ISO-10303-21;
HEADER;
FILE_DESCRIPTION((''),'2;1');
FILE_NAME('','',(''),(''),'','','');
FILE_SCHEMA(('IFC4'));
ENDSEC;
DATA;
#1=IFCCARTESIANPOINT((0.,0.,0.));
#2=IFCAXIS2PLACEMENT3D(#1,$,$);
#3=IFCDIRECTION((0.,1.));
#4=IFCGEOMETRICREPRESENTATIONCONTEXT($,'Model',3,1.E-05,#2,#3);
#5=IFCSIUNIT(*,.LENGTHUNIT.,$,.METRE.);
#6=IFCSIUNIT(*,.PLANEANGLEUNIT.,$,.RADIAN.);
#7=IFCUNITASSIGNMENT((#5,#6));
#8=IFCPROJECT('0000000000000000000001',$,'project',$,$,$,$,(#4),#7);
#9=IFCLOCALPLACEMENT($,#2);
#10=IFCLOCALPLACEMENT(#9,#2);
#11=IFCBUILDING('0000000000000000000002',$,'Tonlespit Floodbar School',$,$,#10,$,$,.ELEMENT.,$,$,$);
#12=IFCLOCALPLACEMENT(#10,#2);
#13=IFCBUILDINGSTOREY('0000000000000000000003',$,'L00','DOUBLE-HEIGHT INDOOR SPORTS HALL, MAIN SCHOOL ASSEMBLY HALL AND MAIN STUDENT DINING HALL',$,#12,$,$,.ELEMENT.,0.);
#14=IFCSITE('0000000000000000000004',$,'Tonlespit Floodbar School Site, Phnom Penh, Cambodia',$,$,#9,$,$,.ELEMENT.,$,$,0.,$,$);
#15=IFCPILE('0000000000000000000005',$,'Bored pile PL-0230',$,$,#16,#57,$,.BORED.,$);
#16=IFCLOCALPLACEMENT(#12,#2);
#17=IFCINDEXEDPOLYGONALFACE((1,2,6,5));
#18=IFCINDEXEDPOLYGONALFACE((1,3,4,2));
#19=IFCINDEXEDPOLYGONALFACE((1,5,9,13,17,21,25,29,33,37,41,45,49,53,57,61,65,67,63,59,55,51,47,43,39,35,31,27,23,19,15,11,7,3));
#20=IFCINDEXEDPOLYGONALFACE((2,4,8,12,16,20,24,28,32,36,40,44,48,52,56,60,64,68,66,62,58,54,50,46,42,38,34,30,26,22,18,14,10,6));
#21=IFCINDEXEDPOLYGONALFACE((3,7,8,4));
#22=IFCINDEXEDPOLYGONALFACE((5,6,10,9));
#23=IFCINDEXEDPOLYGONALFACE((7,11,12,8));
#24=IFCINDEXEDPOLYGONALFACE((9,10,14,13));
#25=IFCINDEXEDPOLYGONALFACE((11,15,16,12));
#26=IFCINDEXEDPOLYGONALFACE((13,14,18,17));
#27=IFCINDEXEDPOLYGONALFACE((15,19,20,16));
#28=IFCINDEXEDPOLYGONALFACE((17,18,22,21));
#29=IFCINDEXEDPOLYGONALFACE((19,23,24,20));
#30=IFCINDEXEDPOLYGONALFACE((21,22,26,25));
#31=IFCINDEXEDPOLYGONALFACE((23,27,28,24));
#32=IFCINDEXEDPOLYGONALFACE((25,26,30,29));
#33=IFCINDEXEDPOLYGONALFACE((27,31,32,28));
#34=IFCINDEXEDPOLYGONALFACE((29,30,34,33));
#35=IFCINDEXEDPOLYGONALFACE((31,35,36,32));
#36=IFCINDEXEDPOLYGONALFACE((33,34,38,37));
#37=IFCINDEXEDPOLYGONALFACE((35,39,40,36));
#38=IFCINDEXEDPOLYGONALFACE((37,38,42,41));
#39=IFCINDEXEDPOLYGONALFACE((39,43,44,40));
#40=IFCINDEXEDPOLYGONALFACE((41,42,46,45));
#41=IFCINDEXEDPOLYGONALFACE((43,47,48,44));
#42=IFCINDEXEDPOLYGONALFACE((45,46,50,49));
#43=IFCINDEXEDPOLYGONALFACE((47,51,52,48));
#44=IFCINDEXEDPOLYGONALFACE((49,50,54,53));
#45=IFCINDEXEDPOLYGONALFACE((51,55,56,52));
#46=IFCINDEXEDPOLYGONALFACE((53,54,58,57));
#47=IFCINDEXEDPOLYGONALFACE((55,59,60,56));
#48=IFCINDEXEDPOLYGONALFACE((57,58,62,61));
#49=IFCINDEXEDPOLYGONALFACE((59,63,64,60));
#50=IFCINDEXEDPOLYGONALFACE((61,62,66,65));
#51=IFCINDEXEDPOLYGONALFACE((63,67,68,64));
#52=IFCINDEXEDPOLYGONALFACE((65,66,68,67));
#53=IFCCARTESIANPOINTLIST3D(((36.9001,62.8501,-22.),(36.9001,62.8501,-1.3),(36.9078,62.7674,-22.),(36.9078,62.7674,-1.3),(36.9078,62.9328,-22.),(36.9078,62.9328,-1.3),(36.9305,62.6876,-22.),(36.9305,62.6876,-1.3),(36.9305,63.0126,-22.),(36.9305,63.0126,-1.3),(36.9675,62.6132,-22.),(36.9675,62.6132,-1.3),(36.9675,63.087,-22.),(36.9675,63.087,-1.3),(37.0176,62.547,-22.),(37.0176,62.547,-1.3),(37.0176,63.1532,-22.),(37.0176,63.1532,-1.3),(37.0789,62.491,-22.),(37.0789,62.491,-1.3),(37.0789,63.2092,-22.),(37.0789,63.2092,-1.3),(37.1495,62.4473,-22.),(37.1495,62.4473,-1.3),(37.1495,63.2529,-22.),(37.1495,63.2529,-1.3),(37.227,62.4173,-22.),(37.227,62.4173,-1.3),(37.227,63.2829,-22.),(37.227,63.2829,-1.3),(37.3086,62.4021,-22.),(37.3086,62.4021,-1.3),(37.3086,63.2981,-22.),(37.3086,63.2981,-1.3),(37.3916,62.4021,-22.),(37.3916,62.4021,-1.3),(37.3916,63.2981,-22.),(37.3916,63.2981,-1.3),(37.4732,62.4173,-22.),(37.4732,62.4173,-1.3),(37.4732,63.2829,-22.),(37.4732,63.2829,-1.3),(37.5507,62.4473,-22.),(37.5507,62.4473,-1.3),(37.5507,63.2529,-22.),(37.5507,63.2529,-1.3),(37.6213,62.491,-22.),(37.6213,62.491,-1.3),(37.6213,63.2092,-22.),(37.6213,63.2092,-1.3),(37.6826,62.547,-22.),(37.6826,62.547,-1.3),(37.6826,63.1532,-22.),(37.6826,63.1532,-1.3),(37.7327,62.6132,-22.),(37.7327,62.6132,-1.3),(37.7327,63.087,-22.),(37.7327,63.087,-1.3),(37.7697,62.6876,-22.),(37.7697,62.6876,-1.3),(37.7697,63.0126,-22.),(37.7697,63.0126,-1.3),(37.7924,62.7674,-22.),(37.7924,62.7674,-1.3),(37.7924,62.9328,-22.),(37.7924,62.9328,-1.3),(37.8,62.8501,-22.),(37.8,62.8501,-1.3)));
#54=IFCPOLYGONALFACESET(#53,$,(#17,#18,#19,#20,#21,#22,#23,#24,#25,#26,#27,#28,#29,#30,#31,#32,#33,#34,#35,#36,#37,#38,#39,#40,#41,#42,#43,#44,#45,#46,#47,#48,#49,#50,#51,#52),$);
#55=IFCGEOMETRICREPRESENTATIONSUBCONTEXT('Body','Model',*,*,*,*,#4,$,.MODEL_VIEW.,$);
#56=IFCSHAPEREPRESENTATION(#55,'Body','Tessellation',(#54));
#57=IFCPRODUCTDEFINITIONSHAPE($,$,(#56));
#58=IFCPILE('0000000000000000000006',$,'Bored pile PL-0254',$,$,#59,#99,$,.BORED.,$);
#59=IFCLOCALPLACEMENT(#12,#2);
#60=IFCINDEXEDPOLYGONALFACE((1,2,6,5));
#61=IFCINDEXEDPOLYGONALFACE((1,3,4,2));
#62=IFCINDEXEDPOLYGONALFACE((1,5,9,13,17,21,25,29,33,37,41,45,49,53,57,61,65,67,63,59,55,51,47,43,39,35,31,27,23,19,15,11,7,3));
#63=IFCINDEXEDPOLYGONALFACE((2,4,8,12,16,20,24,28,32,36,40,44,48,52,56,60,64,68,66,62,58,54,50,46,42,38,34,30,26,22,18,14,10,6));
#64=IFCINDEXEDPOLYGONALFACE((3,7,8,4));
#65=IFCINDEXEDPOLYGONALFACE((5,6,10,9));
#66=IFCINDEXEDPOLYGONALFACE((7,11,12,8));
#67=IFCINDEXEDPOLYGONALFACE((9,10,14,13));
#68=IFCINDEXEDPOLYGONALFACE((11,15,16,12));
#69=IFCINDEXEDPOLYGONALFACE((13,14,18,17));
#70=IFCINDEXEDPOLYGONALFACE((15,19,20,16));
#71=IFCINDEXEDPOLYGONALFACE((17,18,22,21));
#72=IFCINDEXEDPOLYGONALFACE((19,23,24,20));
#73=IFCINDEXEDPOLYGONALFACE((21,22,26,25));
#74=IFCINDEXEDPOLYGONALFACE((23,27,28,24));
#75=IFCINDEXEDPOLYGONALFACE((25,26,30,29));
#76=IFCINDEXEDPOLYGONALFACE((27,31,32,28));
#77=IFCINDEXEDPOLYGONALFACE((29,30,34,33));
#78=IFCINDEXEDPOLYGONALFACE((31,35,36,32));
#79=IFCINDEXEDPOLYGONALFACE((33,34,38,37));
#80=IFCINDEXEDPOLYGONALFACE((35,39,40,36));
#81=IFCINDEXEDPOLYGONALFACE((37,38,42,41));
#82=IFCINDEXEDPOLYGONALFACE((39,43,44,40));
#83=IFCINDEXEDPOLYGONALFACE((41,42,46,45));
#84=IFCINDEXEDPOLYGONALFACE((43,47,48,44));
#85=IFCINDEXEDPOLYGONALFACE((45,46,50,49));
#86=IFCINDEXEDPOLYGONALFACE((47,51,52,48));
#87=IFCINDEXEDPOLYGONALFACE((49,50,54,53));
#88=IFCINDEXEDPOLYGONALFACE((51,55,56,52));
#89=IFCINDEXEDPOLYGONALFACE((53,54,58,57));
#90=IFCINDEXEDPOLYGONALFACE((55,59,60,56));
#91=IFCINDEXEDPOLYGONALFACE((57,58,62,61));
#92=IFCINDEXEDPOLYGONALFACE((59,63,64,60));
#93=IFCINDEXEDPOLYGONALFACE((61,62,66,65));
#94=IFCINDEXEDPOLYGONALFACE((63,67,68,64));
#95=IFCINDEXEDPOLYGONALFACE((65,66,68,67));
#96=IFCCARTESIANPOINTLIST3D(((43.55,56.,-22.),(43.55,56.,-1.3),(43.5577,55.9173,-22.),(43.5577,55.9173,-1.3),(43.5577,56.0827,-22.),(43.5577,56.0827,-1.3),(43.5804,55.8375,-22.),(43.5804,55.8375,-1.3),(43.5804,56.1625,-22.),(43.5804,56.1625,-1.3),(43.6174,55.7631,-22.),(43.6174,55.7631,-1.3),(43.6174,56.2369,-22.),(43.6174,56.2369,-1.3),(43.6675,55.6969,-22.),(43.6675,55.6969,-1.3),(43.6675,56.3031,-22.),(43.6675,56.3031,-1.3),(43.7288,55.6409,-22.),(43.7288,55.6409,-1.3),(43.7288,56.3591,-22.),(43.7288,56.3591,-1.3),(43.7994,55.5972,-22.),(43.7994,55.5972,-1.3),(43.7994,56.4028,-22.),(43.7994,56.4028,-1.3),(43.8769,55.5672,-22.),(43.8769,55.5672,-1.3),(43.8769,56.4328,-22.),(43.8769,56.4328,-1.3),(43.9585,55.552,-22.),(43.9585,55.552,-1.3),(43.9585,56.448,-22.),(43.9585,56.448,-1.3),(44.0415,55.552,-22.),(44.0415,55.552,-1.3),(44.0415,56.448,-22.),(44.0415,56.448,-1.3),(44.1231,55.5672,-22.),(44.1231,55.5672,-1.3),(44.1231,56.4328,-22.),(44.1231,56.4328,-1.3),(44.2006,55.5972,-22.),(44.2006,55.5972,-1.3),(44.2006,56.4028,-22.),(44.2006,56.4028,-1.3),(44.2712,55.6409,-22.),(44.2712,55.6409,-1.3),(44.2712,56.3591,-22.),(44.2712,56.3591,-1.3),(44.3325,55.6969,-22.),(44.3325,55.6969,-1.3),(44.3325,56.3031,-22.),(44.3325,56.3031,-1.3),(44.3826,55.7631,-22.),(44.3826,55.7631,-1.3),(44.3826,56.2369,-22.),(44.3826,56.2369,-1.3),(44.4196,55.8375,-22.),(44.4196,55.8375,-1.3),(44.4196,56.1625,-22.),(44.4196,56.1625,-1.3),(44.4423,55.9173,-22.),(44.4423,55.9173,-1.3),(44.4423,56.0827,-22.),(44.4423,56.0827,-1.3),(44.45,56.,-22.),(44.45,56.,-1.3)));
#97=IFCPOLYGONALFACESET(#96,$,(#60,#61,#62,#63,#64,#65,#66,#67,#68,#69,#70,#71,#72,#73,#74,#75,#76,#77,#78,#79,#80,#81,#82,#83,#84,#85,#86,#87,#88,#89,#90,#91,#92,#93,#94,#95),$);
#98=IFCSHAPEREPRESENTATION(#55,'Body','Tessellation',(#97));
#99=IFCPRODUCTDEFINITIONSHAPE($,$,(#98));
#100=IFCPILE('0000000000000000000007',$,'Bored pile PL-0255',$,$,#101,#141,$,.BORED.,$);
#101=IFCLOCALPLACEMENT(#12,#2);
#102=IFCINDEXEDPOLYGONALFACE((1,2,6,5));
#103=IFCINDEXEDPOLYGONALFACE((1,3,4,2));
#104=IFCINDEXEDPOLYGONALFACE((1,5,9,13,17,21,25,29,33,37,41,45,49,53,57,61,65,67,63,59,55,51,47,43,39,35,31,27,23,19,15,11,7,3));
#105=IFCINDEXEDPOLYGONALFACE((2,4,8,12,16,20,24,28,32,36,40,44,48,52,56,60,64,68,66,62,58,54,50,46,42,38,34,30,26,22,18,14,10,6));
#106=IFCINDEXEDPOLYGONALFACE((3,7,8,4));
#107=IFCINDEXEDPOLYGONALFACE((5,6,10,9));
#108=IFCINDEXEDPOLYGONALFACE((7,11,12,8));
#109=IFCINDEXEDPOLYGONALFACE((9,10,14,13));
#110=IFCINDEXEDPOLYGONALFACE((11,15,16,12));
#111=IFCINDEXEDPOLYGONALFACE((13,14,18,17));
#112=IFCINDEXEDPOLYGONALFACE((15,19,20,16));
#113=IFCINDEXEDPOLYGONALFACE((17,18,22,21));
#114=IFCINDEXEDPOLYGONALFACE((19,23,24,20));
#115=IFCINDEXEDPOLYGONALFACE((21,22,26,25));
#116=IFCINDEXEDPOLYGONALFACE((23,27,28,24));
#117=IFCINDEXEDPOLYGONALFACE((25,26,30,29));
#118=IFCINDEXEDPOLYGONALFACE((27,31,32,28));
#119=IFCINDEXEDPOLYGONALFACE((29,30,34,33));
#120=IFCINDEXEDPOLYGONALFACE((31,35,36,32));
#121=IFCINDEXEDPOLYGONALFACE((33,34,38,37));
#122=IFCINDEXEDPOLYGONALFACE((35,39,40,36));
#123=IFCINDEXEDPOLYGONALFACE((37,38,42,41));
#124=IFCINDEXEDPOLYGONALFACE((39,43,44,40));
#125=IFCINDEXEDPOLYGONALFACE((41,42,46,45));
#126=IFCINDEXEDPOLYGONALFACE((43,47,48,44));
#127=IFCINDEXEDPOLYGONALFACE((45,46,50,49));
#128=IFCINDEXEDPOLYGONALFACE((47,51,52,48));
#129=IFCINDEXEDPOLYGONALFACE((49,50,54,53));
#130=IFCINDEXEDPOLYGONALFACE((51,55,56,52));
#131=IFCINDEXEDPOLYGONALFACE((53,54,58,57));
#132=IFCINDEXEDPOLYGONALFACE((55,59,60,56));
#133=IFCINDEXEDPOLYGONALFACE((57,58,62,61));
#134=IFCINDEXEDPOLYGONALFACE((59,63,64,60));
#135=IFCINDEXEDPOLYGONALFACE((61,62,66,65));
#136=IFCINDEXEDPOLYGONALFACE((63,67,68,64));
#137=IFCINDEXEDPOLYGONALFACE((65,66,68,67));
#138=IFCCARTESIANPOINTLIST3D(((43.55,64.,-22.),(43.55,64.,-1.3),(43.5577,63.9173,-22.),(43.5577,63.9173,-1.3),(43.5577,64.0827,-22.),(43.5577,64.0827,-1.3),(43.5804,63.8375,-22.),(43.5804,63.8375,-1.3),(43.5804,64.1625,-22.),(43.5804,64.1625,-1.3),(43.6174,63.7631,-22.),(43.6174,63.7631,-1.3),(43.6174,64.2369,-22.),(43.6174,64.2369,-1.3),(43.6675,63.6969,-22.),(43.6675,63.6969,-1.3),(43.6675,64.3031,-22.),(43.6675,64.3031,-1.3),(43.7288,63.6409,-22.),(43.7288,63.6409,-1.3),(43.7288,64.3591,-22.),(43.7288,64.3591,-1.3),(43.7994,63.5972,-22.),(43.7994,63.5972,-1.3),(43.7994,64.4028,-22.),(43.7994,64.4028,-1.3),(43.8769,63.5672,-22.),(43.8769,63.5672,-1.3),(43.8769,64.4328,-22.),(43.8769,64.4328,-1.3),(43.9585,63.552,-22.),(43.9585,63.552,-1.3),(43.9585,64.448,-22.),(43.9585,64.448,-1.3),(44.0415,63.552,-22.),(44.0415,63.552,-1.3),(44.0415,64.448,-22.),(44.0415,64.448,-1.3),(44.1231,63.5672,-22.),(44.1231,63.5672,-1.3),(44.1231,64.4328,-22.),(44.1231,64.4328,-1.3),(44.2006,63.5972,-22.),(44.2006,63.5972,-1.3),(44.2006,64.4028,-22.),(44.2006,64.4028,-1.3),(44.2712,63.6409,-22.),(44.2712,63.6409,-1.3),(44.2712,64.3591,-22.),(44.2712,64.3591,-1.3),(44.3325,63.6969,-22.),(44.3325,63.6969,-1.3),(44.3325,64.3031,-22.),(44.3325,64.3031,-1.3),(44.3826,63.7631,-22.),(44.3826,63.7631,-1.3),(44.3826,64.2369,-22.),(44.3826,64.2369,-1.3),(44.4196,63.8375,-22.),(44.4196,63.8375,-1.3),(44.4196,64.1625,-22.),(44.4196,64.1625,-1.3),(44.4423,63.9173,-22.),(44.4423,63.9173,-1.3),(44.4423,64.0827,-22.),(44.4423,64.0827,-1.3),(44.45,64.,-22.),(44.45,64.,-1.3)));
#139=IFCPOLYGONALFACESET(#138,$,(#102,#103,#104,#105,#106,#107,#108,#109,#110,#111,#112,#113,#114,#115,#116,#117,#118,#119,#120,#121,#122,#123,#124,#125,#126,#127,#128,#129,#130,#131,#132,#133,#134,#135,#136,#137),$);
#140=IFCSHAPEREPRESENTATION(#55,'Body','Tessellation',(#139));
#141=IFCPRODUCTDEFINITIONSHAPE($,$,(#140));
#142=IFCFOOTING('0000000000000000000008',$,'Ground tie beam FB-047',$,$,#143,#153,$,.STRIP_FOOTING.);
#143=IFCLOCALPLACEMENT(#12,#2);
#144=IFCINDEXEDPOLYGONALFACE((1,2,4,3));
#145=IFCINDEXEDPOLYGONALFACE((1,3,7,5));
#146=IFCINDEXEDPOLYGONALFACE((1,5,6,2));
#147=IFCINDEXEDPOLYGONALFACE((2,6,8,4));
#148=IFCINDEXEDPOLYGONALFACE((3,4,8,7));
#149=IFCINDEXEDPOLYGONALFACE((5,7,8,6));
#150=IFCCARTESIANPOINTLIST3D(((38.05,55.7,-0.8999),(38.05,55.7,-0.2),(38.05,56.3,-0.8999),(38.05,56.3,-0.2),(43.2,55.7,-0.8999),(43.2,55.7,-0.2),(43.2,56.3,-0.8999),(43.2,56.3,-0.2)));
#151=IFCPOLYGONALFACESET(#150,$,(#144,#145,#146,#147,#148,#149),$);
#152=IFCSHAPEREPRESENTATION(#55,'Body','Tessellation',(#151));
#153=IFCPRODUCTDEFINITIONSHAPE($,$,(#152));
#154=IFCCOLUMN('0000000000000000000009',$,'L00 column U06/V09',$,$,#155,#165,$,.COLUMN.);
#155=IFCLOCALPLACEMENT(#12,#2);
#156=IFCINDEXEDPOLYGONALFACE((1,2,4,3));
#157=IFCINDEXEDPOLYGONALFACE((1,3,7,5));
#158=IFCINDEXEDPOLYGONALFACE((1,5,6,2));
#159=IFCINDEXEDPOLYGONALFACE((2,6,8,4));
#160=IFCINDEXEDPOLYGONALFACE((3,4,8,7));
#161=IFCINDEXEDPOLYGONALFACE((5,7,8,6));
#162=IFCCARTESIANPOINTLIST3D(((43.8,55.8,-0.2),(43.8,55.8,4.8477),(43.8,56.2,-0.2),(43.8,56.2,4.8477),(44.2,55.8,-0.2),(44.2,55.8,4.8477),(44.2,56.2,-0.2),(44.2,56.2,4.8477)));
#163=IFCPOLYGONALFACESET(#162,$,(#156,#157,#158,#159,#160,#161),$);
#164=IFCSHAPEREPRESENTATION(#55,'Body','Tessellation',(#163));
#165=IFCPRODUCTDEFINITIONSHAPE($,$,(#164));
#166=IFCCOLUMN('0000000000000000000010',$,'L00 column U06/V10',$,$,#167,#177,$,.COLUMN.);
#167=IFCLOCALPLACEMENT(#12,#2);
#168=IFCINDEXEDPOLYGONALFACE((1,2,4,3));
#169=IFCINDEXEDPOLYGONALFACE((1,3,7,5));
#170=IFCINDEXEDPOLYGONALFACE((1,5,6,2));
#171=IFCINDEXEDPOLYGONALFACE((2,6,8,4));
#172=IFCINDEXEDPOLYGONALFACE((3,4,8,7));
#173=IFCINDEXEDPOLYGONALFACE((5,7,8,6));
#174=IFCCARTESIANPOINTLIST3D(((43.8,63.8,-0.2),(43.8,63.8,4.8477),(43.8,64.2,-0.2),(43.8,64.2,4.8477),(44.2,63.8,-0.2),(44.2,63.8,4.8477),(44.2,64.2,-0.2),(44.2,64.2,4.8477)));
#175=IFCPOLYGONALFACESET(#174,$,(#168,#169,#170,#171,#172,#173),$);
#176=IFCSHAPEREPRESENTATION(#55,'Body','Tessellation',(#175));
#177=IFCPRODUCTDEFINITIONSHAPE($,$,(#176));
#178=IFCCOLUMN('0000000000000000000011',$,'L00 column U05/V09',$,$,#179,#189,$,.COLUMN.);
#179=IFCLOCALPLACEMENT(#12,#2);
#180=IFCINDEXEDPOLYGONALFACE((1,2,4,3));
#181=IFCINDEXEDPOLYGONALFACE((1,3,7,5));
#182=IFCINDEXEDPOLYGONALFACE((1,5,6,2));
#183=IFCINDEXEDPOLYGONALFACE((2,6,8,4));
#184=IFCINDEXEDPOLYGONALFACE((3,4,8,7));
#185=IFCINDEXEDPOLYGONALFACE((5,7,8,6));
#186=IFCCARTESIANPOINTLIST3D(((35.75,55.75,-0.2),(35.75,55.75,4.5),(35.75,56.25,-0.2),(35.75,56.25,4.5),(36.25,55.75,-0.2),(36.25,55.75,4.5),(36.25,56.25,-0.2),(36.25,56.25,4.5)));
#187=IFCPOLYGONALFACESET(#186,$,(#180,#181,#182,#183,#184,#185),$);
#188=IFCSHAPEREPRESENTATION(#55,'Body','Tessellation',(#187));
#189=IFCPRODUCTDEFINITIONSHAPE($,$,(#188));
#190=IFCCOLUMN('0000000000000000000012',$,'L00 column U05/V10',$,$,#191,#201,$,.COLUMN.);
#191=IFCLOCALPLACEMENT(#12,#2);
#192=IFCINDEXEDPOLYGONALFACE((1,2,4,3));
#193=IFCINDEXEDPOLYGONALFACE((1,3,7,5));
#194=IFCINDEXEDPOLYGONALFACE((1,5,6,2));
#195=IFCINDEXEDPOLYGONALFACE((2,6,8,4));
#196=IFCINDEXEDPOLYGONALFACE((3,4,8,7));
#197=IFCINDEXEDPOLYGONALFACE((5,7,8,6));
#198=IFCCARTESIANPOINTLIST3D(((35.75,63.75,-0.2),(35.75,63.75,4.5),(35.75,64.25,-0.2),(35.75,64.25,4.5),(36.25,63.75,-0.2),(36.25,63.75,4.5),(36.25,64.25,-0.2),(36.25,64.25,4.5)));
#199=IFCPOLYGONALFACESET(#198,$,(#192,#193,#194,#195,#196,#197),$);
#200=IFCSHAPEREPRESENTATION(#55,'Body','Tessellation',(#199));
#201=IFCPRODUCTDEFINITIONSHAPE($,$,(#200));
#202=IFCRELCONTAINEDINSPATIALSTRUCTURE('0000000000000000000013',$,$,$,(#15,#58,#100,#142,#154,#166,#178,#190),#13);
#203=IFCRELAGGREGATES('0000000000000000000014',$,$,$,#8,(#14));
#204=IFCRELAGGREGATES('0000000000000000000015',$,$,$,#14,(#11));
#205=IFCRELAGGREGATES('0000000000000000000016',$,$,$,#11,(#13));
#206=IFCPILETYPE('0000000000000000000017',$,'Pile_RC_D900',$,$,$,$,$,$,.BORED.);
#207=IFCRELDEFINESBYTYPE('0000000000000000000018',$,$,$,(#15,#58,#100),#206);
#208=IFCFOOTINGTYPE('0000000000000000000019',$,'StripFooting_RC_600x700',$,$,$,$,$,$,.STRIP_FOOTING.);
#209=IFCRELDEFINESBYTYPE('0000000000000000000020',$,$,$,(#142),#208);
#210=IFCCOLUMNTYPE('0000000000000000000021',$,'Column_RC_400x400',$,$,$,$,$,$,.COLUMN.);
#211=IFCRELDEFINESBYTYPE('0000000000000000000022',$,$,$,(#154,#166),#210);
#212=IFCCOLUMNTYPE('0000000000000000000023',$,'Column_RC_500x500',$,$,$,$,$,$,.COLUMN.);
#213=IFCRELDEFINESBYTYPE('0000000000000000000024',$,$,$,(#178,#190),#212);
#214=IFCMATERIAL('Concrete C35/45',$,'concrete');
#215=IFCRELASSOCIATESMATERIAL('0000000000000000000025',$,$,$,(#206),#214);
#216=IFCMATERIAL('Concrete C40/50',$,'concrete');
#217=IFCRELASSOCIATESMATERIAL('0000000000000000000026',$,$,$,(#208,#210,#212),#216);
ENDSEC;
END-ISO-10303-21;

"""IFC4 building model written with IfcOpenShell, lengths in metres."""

from ifc_helpers import new_model, si_unit, direction, frame, origin, origin_2d, place, context, subcontext, project, spatial, rectangle, circle, extrude, material, material_profile, profile_set, type_object, element, save


model = new_model("IFC4")

# Units and contexts
model_context = context("Model", 3, precision=1e-05, world=origin(), true_north=direction((0.0, 1.0)))
body_context = subcontext(model_context, "Body", "Model", "MODEL_VIEW")
ifc_project = project(units=[si_unit("LENGTHUNIT", "METRE"), si_unit("PLANEANGLEUNIT", "RADIAN")], contexts=[model_context])

# Site, building, storey
site_placement = place(None, origin())
site = spatial("IfcSite", under=ifc_project, at=site_placement, Name="Tonlespit Floodbar School Site, Phnom Penh, Cambodia", CompositionType="ELEMENT", RefElevation=0.0)
building_placement = place(site_placement, origin())
building = spatial("IfcBuilding", under=site, at=building_placement, Name="Tonlespit Floodbar School", CompositionType="ELEMENT")
storey_placement = place(building_placement, origin())
storey = spatial("IfcBuildingStorey", under=building, at=storey_placement, Name="L00", Description="DOUBLE-HEIGHT INDOOR SPORTS HALL, MAIN SCHOOL ASSEMBLY HALL AND MAIN STUDENT DINING HALL", CompositionType="ELEMENT", Elevation=0.0)

# Shared definitions
ifc_material_1 = material(Name="Concrete C40/50", Category="concrete")

# Piles
ifc_material_2 = material(Name="Concrete C35/45", Category="concrete")
ifc_material_profile_1 = material_profile(ifc_material_2, circle(Radius=0.45, at=origin_2d()), Name="BP D900")
ifc_profile_set_1 = profile_set([ifc_material_profile_1], Name="Concrete C35/45")
pile_type = type_object("IfcPileType", Name="Pile_RC_D900", PredefinedType="BORED", material=ifc_profile_set_1)
for number, where, z_axis, x_axis, name in (
    (1, (37.3501, 62.8501, -1.3), (0.0, 0.0, -1.0), (1.0, 0.0, 0.0), "Bored pile PL-0230"),
    (2, (44.0, 56.0, -1.3), (0.0, 0.0, -1.0), (1.0, 0.0, 0.0), "Bored pile PL-0254"),
    (3, (44.0, 64.0, -1.3), (0.0, 0.0, -1.0), (1.0, 0.0, 0.0), "Bored pile PL-0255"),
):
    element("IfcPile", number, at=place(storey_placement, frame(where, z_axis=z_axis, x_axis=x_axis)), inside=storey, type_object=pile_type, Name=name, PredefinedType="BORED", context=body_context, shape_type="SweptSolid", body=[
        extrude(circle(Radius=0.45, at=origin_2d()), origin(), (0.0, 0.0, 1.0), 20.7),
    ])

# Footing
footing_type_1 = type_object("IfcFootingType", Name="StripFooting_RC_600x700", PredefinedType="STRIP_FOOTING", material=ifc_material_1)
footing_1_placement = place(storey_placement, frame((40.625, 56.0, -0.8999), z_axis=(0.0, 0.0, 1.0), x_axis=(1.0, 0.0, 0.0)))
element("IfcFooting", 4, at=footing_1_placement, inside=storey, type_object=footing_type_1, Name="Ground tie beam FB-047", PredefinedType="STRIP_FOOTING", context=body_context, shape_type="SweptSolid", body=[
    extrude(rectangle(XDim=5.1499, YDim=0.6001, at=origin_2d()), origin(), (0.0, 0.0, 1.0), 0.7),
])

# Columns
ifc_material_profile_2 = material_profile(ifc_material_1, rectangle(XDim=0.3999, YDim=0.3999, at=origin_2d()), Name="RC 400x400")
ifc_profile_set_2 = profile_set([ifc_material_profile_2], Name="Concrete C40/50")
column_type_1 = type_object("IfcColumnType", Name="Column_RC_400x400", PredefinedType="COLUMN", material=ifc_profile_set_2)
for number, where, z_axis, x_axis, name in (
    (5, (44.0, 56.0, -0.2), (0.0, 0.0, 1.0), (1.0, 0.0, 0.0), "L00 column U06/V09"),
    (6, (44.0, 64.0, -0.2), (0.0, 0.0, 1.0), (1.0, 0.0, 0.0), "L00 column U06/V10"),
):
    element("IfcColumn", number, at=place(storey_placement, frame(where, z_axis=z_axis, x_axis=x_axis)), inside=storey, type_object=column_type_1, Name=name, PredefinedType="COLUMN", context=body_context, shape_type="SweptSolid", body=[
        extrude(rectangle(XDim=0.3999, YDim=0.3999, at=origin_2d()), origin(), (0.0, 0.0, 1.0), 5.0476),
    ])
ifc_material_profile_3 = material_profile(ifc_material_1, rectangle(XDim=0.5, YDim=0.5, at=origin_2d()), Name="RC 500x500")
ifc_profile_set_3 = profile_set([ifc_material_profile_3], Name="Concrete C40/50")
column_type_2 = type_object("IfcColumnType", Name="Column_RC_500x500", PredefinedType="COLUMN", material=ifc_profile_set_3)
for number, where, z_axis, x_axis, name in (
    (7, (36.0, 56.0, -0.2), (0.0, 0.0, 1.0), (1.0, 0.0, 0.0), "L00 column U05/V09"),
    (8, (36.0, 64.0, -0.2), (0.0, 0.0, 1.0), (1.0, 0.0, 0.0), "L00 column U05/V10"),
):
    element("IfcColumn", number, at=place(storey_placement, frame(where, z_axis=z_axis, x_axis=x_axis)), inside=storey, type_object=column_type_2, Name=name, PredefinedType="COLUMN", context=body_context, shape_type="SweptSolid", body=[
        extrude(rectangle(XDim=0.5, YDim=0.5, at=origin_2d()), origin(), (0.0, 0.0, 1.0), 4.7),
    ])

save(model, "model.ifc")
